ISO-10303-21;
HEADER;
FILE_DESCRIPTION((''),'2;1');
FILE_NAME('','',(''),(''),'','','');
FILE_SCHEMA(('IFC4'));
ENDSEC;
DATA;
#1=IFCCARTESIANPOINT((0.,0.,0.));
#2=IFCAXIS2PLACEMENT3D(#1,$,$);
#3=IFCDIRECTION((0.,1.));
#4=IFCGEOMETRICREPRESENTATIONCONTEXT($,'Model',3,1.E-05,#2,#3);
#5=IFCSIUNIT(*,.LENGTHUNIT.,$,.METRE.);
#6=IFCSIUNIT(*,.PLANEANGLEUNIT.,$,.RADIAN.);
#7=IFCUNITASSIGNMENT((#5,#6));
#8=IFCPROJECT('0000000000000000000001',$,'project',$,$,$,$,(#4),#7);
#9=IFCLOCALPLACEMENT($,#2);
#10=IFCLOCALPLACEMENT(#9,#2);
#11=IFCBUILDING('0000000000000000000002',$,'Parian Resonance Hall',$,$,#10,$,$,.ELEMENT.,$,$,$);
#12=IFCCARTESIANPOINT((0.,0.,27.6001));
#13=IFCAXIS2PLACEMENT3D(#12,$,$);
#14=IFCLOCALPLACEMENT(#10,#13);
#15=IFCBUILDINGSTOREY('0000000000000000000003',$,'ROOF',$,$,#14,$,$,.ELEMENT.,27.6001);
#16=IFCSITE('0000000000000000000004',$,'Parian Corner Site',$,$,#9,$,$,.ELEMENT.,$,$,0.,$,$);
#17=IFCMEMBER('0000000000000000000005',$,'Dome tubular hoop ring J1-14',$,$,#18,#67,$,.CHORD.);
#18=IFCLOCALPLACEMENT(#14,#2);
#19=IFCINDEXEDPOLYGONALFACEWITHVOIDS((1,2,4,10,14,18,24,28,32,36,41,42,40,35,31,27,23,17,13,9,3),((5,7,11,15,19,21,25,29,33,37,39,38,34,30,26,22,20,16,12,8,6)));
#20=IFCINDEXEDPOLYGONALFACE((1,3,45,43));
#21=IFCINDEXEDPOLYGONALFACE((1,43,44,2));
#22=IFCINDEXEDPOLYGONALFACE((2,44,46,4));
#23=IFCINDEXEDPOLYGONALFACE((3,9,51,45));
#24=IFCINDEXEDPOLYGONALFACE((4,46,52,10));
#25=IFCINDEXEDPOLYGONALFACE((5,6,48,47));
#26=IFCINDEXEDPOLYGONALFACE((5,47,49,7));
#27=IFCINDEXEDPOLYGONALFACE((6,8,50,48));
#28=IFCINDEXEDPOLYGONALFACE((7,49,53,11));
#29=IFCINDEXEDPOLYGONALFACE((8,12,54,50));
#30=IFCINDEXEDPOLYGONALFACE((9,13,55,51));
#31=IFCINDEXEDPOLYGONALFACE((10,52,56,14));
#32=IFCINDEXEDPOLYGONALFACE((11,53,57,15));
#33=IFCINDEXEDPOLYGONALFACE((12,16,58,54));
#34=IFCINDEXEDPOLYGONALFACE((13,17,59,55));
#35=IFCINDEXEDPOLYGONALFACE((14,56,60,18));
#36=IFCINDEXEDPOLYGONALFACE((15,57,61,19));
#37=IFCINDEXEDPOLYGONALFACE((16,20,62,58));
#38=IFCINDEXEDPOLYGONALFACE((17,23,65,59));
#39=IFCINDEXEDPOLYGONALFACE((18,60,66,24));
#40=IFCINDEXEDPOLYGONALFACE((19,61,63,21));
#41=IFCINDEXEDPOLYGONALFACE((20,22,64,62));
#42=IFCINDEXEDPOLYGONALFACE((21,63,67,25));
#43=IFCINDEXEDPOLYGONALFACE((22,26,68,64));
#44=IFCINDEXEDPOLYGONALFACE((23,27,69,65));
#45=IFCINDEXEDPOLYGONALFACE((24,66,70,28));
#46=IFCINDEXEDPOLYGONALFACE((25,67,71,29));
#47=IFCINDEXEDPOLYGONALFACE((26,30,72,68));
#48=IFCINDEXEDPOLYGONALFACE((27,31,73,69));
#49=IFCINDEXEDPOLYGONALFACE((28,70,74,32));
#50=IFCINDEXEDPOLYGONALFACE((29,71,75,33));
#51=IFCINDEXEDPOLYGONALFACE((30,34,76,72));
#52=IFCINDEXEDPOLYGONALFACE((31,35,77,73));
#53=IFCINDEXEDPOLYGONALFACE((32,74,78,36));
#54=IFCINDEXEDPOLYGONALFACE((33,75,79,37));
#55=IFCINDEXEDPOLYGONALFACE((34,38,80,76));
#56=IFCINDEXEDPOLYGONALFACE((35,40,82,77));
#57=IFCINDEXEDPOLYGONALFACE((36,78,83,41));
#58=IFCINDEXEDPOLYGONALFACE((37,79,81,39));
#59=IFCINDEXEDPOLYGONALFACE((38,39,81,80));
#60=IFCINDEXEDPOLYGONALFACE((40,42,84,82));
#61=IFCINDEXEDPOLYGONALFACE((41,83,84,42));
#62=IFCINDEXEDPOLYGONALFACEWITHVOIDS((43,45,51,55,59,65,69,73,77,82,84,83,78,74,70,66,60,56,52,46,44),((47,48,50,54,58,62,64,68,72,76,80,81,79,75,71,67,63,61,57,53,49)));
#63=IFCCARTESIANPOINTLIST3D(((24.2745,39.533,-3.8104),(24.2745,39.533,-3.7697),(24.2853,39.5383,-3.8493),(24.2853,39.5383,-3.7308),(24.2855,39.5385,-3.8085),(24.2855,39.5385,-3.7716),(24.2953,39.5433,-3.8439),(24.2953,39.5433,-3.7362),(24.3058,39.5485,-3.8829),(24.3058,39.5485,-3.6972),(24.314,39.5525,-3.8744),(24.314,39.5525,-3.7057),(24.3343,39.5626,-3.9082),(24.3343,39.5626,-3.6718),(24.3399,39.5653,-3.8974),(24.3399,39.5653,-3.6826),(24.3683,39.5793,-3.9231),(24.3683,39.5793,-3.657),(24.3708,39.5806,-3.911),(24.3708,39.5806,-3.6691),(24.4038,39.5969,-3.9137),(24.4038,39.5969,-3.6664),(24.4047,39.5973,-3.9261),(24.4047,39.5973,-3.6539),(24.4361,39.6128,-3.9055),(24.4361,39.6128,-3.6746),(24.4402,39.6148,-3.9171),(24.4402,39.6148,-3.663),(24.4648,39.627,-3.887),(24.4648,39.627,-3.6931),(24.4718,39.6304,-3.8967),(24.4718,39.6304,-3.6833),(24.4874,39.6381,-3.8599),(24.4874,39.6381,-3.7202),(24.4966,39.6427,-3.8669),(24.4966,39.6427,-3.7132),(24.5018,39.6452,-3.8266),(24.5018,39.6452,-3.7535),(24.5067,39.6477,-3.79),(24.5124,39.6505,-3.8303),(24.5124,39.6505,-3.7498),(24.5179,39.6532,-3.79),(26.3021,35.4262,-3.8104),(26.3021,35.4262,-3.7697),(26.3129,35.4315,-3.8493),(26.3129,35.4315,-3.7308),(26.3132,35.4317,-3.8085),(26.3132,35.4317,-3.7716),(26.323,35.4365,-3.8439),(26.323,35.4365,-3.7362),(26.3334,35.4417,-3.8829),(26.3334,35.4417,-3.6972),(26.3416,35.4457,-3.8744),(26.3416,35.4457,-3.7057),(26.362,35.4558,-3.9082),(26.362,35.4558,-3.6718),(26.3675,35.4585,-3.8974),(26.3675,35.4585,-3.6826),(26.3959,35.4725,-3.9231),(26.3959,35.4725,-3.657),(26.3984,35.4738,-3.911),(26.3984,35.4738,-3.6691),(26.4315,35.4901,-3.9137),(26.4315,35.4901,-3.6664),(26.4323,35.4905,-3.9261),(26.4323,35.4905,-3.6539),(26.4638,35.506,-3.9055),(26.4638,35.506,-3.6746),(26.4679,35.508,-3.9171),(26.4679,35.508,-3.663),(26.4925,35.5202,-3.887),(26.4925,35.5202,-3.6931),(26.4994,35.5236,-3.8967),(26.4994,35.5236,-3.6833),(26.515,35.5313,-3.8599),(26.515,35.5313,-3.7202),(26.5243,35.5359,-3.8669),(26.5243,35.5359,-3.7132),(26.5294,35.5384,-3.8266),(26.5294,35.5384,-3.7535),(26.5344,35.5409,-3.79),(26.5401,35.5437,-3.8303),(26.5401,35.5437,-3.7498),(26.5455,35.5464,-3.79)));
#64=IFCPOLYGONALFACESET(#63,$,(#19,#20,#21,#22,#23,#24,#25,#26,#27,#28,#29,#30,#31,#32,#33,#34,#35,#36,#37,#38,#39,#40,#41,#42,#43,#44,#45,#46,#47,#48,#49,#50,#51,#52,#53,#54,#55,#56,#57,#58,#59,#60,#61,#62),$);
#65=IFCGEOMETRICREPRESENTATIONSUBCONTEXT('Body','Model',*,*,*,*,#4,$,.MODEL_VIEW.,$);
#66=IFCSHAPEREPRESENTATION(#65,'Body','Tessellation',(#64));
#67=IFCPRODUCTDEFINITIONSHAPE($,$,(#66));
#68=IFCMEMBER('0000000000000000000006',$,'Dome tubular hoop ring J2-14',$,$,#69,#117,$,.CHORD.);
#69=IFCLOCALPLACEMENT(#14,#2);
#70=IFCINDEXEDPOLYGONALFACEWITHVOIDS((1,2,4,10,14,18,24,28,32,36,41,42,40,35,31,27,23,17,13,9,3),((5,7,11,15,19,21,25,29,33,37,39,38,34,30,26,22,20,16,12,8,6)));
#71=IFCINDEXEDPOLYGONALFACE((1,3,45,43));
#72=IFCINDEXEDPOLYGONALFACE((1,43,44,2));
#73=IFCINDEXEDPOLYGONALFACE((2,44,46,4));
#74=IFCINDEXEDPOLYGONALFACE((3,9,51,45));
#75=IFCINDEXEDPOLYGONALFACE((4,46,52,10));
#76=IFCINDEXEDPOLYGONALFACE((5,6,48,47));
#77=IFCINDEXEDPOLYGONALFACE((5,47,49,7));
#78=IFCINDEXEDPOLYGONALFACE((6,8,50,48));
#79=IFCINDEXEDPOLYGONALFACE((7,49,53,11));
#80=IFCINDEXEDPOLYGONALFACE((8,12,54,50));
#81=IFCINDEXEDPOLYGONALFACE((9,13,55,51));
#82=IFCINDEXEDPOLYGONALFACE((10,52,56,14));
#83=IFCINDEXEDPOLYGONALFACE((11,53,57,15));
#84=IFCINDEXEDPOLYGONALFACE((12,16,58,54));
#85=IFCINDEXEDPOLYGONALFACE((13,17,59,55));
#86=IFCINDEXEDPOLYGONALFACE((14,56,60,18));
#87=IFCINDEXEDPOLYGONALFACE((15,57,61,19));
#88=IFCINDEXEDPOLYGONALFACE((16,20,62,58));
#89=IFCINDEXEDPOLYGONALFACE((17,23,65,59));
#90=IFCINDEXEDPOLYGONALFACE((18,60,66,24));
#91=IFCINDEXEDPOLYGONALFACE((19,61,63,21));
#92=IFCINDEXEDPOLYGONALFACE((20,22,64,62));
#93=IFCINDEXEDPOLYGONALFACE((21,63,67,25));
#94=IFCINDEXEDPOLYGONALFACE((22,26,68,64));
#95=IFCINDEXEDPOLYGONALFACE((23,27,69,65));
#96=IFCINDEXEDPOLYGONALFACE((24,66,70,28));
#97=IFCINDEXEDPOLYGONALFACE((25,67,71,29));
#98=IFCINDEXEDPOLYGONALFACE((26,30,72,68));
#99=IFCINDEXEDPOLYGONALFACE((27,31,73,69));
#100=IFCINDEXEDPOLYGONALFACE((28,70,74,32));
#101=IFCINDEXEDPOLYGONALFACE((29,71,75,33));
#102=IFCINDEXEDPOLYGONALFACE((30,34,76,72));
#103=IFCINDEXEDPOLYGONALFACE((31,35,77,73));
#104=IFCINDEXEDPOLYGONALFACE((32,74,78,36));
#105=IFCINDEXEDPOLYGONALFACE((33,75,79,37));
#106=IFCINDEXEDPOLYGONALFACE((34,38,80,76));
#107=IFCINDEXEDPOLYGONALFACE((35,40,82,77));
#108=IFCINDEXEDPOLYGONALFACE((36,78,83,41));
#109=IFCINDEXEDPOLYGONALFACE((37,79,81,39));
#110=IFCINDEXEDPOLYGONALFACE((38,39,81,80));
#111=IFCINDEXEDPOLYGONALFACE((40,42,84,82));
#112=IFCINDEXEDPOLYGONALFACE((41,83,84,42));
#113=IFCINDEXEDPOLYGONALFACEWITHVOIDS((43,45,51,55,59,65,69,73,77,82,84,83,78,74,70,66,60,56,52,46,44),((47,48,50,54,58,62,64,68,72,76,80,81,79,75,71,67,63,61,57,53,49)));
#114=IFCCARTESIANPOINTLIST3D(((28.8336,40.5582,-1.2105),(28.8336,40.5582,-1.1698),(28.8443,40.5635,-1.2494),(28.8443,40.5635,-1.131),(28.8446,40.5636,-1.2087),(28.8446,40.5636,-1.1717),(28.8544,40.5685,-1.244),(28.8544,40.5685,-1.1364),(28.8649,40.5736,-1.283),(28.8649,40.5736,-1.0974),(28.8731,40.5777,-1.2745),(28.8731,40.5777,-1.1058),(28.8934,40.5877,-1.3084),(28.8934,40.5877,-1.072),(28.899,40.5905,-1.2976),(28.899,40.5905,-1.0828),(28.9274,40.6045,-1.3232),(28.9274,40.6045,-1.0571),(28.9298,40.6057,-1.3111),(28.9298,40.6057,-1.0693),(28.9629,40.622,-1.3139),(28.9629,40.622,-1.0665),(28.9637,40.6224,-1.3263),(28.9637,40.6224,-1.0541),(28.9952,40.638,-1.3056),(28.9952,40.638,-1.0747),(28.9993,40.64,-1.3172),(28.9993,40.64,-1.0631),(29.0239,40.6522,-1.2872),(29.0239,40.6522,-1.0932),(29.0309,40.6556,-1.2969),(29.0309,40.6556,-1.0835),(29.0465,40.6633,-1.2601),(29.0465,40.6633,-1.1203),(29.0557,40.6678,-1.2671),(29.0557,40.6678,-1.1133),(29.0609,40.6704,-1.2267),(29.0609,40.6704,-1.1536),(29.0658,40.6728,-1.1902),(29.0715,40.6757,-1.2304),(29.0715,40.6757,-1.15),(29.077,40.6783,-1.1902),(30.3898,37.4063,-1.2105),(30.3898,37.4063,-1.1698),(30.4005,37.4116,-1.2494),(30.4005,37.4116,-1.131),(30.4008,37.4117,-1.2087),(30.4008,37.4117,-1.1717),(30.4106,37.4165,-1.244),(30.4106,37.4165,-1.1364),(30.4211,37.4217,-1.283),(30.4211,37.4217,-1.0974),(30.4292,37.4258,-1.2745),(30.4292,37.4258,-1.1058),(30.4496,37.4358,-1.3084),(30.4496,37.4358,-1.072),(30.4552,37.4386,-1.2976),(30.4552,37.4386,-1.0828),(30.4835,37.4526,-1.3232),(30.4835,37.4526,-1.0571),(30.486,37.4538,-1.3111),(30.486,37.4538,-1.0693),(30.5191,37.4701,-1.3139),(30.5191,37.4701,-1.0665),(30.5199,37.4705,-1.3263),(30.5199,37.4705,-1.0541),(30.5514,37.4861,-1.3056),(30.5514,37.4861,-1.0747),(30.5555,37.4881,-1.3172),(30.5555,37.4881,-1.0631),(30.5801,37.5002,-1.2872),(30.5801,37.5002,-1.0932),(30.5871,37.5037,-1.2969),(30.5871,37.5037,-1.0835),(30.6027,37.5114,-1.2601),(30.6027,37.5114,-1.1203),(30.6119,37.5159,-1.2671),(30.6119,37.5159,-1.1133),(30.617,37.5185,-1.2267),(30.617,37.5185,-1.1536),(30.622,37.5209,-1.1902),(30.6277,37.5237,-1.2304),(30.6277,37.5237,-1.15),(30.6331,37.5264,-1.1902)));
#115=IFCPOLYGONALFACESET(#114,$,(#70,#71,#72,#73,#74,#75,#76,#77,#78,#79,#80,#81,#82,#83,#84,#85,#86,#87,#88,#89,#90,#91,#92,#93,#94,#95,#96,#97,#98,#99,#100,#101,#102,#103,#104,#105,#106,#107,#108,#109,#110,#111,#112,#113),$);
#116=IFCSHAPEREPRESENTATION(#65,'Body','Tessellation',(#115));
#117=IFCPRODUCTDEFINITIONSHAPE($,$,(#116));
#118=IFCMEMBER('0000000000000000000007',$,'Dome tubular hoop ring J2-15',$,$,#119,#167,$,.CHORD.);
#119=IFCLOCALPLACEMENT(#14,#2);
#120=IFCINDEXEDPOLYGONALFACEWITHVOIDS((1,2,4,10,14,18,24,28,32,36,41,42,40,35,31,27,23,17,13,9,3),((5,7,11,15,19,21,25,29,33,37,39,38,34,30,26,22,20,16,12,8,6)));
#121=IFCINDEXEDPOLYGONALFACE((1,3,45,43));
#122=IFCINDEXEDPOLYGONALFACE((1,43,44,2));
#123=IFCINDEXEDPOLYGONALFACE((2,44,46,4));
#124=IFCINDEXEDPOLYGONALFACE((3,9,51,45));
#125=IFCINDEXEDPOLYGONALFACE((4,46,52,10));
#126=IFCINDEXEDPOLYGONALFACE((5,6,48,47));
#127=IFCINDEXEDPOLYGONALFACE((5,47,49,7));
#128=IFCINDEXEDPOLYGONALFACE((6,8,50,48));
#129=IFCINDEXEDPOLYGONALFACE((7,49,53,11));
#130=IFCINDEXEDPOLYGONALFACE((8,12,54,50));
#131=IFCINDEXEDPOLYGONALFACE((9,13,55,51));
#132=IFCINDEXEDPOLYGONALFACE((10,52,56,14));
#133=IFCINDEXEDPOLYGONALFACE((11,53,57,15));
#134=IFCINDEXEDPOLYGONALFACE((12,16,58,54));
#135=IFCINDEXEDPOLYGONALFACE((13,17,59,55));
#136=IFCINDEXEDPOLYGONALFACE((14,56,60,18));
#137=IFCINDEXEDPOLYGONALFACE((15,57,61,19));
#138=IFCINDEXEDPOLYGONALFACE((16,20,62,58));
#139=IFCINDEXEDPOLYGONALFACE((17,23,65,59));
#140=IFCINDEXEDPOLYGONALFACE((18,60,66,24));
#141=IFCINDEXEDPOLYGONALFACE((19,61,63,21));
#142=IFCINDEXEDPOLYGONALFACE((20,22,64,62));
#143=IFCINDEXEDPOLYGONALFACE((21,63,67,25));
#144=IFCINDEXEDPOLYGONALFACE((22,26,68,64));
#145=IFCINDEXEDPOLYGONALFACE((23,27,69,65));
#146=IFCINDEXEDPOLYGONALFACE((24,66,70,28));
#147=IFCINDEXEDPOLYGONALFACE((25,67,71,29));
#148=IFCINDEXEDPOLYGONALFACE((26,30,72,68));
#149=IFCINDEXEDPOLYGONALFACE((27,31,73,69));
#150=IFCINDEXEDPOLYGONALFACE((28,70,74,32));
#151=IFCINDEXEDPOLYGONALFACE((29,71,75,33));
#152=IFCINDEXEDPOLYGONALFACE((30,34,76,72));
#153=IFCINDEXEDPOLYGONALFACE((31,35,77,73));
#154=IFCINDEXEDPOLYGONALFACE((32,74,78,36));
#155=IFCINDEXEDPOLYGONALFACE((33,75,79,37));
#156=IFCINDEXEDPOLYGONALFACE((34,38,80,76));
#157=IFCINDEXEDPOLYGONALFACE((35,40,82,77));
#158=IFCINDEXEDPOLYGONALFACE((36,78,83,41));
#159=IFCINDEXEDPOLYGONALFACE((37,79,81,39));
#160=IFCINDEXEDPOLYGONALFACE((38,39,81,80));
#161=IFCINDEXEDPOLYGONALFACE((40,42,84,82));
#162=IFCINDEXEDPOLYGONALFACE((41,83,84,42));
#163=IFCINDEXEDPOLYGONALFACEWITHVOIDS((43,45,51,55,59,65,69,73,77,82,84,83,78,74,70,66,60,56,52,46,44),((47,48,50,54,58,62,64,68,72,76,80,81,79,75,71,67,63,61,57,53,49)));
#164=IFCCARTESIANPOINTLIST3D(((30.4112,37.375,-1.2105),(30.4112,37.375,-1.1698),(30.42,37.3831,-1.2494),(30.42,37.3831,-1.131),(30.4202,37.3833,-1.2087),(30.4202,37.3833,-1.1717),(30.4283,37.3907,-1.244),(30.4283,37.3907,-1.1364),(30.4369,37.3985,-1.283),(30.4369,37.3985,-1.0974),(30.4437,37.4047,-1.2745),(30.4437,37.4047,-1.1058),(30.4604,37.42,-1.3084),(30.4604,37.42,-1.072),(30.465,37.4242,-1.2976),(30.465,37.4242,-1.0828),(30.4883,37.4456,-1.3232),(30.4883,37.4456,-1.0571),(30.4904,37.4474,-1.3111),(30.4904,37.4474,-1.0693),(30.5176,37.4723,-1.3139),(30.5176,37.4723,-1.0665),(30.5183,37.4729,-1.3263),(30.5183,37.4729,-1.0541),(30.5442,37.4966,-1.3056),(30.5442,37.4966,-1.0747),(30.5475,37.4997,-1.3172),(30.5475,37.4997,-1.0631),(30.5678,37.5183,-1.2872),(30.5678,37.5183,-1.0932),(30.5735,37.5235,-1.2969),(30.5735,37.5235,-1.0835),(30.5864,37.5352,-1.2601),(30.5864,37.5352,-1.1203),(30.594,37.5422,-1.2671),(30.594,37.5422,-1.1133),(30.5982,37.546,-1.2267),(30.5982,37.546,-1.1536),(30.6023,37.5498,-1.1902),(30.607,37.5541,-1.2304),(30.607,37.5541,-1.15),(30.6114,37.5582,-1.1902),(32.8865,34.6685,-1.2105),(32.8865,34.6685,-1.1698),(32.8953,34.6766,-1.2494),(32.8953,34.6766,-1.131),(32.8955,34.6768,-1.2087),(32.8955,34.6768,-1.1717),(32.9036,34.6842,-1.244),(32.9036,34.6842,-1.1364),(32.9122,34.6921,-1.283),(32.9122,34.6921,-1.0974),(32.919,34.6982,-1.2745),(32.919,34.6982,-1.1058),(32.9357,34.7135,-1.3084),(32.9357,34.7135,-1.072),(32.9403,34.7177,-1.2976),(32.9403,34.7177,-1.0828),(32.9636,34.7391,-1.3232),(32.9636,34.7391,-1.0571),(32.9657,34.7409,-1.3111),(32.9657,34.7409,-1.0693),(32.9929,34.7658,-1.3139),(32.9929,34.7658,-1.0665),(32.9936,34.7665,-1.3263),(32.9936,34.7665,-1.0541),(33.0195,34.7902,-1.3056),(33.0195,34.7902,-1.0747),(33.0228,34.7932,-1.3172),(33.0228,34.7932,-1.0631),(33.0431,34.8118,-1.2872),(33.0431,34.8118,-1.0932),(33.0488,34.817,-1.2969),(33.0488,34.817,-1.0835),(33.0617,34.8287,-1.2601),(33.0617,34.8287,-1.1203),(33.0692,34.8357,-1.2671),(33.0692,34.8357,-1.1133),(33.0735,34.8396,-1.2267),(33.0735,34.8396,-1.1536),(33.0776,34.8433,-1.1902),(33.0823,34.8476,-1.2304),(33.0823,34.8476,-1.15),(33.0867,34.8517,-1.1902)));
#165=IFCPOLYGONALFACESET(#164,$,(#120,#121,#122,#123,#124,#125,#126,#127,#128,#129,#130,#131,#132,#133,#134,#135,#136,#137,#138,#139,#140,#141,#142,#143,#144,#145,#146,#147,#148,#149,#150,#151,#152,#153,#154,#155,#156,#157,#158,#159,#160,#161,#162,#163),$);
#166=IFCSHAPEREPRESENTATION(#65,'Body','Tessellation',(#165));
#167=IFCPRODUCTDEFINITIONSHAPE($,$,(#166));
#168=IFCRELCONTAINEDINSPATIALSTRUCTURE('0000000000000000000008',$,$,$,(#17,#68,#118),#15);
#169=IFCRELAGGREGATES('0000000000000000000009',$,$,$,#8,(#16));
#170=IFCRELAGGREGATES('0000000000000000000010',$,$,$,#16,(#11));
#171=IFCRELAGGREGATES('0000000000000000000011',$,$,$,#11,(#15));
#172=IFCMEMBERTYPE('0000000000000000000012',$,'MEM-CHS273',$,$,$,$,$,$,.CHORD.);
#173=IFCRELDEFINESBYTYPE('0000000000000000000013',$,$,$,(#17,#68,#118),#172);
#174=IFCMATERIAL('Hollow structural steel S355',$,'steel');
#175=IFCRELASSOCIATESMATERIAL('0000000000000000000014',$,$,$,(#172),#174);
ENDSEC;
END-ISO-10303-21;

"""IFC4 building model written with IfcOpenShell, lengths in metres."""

from ifc_helpers import new_model, si_unit, direction, frame, origin, origin_2d, place, context, subcontext, project, spatial, hollow_circle, extrude, material, material_profile, profile_set, type_object, element, save


model = new_model("IFC4")

# Units and contexts
model_context = context("Model", 3, precision=1e-05, world=origin(), true_north=direction((0.0, 1.0)))
body_context = subcontext(model_context, "Body", "Model", "MODEL_VIEW")
ifc_project = project(units=[si_unit("LENGTHUNIT", "METRE"), si_unit("PLANEANGLEUNIT", "RADIAN")], contexts=[model_context])

# Site, building, storey
site_placement = place(None, origin())
site = spatial("IfcSite", under=ifc_project, at=site_placement, Name="Parian Corner Site", CompositionType="ELEMENT", RefElevation=0.0)
building_placement = place(site_placement, origin())
building = spatial("IfcBuilding", under=site, at=building_placement, Name="Parian Resonance Hall", CompositionType="ELEMENT")
storey_placement = place(building_placement, frame((0.0, 0.0, 27.6001)))
storey = spatial("IfcBuildingStorey", under=building, at=storey_placement, Name="ROOF", CompositionType="ELEMENT", Elevation=27.6001)

# Members
ifc_material_1 = material(Name="Hollow structural steel S355", Category="steel")
ifc_material_profile_1 = material_profile(ifc_material_1, hollow_circle(Radius=0.1365, WallThickness=0.0125, at=origin_2d()), Name="CHS273x12.5")
ifc_profile_set_1 = profile_set([ifc_material_profile_1], Name="Hollow structural steel S355")
member_type_1 = type_object("IfcMemberType", Name="MEM-CHS273", PredefinedType="CHORD", material=ifc_profile_set_1)
member_1_placement = place(storey_placement, frame((24.3955, 39.5928, -3.79), z_axis=(0.442709, -0.896665, 0.0), x_axis=(0.896665, 0.442709, 0.0)))
element("IfcMember", 1, at=member_1_placement, inside=storey, type_object=member_type_1, Name="Dome tubular hoop ring J1-14", PredefinedType="CHORD", context=body_context, shape_type="SweptSolid", body=[
    extrude(hollow_circle(Radius=0.1365, WallThickness=0.0125, at=origin_2d()), origin(), (0.0, 0.0, 1.0), 4.5801),
])
member_2_placement = place(storey_placement, frame((28.9546, 40.6179, -1.1902), z_axis=(0.442707, -0.896666, 0.0), x_axis=(0.896666, 0.442707, 0.0)))
element("IfcMember", 2, at=member_2_placement, inside=storey, type_object=member_type_1, Name="Dome tubular hoop ring J2-14", PredefinedType="CHORD", context=body_context, shape_type="SweptSolid", body=[
    extrude(hollow_circle(Radius=0.1365, WallThickness=0.0125, at=origin_2d()), origin(), (0.0, 0.0, 1.0), 3.5151),
])
member_3_placement = place(storey_placement, frame((30.5107, 37.4661, -1.1902), z_axis=(0.674886, -0.737922, 0.0), x_axis=(0.737922, 0.674886, 0.0)))
element("IfcMember", 3, at=member_3_placement, inside=storey, type_object=member_type_1, Name="Dome tubular hoop ring J2-15", PredefinedType="CHORD", context=body_context, shape_type="SweptSolid", body=[
    extrude(hollow_circle(Radius=0.1365, WallThickness=0.0125, at=origin_2d()), origin(), (0.0, 0.0, 1.0), 3.6677),
])

save(model, "model.ifc")
